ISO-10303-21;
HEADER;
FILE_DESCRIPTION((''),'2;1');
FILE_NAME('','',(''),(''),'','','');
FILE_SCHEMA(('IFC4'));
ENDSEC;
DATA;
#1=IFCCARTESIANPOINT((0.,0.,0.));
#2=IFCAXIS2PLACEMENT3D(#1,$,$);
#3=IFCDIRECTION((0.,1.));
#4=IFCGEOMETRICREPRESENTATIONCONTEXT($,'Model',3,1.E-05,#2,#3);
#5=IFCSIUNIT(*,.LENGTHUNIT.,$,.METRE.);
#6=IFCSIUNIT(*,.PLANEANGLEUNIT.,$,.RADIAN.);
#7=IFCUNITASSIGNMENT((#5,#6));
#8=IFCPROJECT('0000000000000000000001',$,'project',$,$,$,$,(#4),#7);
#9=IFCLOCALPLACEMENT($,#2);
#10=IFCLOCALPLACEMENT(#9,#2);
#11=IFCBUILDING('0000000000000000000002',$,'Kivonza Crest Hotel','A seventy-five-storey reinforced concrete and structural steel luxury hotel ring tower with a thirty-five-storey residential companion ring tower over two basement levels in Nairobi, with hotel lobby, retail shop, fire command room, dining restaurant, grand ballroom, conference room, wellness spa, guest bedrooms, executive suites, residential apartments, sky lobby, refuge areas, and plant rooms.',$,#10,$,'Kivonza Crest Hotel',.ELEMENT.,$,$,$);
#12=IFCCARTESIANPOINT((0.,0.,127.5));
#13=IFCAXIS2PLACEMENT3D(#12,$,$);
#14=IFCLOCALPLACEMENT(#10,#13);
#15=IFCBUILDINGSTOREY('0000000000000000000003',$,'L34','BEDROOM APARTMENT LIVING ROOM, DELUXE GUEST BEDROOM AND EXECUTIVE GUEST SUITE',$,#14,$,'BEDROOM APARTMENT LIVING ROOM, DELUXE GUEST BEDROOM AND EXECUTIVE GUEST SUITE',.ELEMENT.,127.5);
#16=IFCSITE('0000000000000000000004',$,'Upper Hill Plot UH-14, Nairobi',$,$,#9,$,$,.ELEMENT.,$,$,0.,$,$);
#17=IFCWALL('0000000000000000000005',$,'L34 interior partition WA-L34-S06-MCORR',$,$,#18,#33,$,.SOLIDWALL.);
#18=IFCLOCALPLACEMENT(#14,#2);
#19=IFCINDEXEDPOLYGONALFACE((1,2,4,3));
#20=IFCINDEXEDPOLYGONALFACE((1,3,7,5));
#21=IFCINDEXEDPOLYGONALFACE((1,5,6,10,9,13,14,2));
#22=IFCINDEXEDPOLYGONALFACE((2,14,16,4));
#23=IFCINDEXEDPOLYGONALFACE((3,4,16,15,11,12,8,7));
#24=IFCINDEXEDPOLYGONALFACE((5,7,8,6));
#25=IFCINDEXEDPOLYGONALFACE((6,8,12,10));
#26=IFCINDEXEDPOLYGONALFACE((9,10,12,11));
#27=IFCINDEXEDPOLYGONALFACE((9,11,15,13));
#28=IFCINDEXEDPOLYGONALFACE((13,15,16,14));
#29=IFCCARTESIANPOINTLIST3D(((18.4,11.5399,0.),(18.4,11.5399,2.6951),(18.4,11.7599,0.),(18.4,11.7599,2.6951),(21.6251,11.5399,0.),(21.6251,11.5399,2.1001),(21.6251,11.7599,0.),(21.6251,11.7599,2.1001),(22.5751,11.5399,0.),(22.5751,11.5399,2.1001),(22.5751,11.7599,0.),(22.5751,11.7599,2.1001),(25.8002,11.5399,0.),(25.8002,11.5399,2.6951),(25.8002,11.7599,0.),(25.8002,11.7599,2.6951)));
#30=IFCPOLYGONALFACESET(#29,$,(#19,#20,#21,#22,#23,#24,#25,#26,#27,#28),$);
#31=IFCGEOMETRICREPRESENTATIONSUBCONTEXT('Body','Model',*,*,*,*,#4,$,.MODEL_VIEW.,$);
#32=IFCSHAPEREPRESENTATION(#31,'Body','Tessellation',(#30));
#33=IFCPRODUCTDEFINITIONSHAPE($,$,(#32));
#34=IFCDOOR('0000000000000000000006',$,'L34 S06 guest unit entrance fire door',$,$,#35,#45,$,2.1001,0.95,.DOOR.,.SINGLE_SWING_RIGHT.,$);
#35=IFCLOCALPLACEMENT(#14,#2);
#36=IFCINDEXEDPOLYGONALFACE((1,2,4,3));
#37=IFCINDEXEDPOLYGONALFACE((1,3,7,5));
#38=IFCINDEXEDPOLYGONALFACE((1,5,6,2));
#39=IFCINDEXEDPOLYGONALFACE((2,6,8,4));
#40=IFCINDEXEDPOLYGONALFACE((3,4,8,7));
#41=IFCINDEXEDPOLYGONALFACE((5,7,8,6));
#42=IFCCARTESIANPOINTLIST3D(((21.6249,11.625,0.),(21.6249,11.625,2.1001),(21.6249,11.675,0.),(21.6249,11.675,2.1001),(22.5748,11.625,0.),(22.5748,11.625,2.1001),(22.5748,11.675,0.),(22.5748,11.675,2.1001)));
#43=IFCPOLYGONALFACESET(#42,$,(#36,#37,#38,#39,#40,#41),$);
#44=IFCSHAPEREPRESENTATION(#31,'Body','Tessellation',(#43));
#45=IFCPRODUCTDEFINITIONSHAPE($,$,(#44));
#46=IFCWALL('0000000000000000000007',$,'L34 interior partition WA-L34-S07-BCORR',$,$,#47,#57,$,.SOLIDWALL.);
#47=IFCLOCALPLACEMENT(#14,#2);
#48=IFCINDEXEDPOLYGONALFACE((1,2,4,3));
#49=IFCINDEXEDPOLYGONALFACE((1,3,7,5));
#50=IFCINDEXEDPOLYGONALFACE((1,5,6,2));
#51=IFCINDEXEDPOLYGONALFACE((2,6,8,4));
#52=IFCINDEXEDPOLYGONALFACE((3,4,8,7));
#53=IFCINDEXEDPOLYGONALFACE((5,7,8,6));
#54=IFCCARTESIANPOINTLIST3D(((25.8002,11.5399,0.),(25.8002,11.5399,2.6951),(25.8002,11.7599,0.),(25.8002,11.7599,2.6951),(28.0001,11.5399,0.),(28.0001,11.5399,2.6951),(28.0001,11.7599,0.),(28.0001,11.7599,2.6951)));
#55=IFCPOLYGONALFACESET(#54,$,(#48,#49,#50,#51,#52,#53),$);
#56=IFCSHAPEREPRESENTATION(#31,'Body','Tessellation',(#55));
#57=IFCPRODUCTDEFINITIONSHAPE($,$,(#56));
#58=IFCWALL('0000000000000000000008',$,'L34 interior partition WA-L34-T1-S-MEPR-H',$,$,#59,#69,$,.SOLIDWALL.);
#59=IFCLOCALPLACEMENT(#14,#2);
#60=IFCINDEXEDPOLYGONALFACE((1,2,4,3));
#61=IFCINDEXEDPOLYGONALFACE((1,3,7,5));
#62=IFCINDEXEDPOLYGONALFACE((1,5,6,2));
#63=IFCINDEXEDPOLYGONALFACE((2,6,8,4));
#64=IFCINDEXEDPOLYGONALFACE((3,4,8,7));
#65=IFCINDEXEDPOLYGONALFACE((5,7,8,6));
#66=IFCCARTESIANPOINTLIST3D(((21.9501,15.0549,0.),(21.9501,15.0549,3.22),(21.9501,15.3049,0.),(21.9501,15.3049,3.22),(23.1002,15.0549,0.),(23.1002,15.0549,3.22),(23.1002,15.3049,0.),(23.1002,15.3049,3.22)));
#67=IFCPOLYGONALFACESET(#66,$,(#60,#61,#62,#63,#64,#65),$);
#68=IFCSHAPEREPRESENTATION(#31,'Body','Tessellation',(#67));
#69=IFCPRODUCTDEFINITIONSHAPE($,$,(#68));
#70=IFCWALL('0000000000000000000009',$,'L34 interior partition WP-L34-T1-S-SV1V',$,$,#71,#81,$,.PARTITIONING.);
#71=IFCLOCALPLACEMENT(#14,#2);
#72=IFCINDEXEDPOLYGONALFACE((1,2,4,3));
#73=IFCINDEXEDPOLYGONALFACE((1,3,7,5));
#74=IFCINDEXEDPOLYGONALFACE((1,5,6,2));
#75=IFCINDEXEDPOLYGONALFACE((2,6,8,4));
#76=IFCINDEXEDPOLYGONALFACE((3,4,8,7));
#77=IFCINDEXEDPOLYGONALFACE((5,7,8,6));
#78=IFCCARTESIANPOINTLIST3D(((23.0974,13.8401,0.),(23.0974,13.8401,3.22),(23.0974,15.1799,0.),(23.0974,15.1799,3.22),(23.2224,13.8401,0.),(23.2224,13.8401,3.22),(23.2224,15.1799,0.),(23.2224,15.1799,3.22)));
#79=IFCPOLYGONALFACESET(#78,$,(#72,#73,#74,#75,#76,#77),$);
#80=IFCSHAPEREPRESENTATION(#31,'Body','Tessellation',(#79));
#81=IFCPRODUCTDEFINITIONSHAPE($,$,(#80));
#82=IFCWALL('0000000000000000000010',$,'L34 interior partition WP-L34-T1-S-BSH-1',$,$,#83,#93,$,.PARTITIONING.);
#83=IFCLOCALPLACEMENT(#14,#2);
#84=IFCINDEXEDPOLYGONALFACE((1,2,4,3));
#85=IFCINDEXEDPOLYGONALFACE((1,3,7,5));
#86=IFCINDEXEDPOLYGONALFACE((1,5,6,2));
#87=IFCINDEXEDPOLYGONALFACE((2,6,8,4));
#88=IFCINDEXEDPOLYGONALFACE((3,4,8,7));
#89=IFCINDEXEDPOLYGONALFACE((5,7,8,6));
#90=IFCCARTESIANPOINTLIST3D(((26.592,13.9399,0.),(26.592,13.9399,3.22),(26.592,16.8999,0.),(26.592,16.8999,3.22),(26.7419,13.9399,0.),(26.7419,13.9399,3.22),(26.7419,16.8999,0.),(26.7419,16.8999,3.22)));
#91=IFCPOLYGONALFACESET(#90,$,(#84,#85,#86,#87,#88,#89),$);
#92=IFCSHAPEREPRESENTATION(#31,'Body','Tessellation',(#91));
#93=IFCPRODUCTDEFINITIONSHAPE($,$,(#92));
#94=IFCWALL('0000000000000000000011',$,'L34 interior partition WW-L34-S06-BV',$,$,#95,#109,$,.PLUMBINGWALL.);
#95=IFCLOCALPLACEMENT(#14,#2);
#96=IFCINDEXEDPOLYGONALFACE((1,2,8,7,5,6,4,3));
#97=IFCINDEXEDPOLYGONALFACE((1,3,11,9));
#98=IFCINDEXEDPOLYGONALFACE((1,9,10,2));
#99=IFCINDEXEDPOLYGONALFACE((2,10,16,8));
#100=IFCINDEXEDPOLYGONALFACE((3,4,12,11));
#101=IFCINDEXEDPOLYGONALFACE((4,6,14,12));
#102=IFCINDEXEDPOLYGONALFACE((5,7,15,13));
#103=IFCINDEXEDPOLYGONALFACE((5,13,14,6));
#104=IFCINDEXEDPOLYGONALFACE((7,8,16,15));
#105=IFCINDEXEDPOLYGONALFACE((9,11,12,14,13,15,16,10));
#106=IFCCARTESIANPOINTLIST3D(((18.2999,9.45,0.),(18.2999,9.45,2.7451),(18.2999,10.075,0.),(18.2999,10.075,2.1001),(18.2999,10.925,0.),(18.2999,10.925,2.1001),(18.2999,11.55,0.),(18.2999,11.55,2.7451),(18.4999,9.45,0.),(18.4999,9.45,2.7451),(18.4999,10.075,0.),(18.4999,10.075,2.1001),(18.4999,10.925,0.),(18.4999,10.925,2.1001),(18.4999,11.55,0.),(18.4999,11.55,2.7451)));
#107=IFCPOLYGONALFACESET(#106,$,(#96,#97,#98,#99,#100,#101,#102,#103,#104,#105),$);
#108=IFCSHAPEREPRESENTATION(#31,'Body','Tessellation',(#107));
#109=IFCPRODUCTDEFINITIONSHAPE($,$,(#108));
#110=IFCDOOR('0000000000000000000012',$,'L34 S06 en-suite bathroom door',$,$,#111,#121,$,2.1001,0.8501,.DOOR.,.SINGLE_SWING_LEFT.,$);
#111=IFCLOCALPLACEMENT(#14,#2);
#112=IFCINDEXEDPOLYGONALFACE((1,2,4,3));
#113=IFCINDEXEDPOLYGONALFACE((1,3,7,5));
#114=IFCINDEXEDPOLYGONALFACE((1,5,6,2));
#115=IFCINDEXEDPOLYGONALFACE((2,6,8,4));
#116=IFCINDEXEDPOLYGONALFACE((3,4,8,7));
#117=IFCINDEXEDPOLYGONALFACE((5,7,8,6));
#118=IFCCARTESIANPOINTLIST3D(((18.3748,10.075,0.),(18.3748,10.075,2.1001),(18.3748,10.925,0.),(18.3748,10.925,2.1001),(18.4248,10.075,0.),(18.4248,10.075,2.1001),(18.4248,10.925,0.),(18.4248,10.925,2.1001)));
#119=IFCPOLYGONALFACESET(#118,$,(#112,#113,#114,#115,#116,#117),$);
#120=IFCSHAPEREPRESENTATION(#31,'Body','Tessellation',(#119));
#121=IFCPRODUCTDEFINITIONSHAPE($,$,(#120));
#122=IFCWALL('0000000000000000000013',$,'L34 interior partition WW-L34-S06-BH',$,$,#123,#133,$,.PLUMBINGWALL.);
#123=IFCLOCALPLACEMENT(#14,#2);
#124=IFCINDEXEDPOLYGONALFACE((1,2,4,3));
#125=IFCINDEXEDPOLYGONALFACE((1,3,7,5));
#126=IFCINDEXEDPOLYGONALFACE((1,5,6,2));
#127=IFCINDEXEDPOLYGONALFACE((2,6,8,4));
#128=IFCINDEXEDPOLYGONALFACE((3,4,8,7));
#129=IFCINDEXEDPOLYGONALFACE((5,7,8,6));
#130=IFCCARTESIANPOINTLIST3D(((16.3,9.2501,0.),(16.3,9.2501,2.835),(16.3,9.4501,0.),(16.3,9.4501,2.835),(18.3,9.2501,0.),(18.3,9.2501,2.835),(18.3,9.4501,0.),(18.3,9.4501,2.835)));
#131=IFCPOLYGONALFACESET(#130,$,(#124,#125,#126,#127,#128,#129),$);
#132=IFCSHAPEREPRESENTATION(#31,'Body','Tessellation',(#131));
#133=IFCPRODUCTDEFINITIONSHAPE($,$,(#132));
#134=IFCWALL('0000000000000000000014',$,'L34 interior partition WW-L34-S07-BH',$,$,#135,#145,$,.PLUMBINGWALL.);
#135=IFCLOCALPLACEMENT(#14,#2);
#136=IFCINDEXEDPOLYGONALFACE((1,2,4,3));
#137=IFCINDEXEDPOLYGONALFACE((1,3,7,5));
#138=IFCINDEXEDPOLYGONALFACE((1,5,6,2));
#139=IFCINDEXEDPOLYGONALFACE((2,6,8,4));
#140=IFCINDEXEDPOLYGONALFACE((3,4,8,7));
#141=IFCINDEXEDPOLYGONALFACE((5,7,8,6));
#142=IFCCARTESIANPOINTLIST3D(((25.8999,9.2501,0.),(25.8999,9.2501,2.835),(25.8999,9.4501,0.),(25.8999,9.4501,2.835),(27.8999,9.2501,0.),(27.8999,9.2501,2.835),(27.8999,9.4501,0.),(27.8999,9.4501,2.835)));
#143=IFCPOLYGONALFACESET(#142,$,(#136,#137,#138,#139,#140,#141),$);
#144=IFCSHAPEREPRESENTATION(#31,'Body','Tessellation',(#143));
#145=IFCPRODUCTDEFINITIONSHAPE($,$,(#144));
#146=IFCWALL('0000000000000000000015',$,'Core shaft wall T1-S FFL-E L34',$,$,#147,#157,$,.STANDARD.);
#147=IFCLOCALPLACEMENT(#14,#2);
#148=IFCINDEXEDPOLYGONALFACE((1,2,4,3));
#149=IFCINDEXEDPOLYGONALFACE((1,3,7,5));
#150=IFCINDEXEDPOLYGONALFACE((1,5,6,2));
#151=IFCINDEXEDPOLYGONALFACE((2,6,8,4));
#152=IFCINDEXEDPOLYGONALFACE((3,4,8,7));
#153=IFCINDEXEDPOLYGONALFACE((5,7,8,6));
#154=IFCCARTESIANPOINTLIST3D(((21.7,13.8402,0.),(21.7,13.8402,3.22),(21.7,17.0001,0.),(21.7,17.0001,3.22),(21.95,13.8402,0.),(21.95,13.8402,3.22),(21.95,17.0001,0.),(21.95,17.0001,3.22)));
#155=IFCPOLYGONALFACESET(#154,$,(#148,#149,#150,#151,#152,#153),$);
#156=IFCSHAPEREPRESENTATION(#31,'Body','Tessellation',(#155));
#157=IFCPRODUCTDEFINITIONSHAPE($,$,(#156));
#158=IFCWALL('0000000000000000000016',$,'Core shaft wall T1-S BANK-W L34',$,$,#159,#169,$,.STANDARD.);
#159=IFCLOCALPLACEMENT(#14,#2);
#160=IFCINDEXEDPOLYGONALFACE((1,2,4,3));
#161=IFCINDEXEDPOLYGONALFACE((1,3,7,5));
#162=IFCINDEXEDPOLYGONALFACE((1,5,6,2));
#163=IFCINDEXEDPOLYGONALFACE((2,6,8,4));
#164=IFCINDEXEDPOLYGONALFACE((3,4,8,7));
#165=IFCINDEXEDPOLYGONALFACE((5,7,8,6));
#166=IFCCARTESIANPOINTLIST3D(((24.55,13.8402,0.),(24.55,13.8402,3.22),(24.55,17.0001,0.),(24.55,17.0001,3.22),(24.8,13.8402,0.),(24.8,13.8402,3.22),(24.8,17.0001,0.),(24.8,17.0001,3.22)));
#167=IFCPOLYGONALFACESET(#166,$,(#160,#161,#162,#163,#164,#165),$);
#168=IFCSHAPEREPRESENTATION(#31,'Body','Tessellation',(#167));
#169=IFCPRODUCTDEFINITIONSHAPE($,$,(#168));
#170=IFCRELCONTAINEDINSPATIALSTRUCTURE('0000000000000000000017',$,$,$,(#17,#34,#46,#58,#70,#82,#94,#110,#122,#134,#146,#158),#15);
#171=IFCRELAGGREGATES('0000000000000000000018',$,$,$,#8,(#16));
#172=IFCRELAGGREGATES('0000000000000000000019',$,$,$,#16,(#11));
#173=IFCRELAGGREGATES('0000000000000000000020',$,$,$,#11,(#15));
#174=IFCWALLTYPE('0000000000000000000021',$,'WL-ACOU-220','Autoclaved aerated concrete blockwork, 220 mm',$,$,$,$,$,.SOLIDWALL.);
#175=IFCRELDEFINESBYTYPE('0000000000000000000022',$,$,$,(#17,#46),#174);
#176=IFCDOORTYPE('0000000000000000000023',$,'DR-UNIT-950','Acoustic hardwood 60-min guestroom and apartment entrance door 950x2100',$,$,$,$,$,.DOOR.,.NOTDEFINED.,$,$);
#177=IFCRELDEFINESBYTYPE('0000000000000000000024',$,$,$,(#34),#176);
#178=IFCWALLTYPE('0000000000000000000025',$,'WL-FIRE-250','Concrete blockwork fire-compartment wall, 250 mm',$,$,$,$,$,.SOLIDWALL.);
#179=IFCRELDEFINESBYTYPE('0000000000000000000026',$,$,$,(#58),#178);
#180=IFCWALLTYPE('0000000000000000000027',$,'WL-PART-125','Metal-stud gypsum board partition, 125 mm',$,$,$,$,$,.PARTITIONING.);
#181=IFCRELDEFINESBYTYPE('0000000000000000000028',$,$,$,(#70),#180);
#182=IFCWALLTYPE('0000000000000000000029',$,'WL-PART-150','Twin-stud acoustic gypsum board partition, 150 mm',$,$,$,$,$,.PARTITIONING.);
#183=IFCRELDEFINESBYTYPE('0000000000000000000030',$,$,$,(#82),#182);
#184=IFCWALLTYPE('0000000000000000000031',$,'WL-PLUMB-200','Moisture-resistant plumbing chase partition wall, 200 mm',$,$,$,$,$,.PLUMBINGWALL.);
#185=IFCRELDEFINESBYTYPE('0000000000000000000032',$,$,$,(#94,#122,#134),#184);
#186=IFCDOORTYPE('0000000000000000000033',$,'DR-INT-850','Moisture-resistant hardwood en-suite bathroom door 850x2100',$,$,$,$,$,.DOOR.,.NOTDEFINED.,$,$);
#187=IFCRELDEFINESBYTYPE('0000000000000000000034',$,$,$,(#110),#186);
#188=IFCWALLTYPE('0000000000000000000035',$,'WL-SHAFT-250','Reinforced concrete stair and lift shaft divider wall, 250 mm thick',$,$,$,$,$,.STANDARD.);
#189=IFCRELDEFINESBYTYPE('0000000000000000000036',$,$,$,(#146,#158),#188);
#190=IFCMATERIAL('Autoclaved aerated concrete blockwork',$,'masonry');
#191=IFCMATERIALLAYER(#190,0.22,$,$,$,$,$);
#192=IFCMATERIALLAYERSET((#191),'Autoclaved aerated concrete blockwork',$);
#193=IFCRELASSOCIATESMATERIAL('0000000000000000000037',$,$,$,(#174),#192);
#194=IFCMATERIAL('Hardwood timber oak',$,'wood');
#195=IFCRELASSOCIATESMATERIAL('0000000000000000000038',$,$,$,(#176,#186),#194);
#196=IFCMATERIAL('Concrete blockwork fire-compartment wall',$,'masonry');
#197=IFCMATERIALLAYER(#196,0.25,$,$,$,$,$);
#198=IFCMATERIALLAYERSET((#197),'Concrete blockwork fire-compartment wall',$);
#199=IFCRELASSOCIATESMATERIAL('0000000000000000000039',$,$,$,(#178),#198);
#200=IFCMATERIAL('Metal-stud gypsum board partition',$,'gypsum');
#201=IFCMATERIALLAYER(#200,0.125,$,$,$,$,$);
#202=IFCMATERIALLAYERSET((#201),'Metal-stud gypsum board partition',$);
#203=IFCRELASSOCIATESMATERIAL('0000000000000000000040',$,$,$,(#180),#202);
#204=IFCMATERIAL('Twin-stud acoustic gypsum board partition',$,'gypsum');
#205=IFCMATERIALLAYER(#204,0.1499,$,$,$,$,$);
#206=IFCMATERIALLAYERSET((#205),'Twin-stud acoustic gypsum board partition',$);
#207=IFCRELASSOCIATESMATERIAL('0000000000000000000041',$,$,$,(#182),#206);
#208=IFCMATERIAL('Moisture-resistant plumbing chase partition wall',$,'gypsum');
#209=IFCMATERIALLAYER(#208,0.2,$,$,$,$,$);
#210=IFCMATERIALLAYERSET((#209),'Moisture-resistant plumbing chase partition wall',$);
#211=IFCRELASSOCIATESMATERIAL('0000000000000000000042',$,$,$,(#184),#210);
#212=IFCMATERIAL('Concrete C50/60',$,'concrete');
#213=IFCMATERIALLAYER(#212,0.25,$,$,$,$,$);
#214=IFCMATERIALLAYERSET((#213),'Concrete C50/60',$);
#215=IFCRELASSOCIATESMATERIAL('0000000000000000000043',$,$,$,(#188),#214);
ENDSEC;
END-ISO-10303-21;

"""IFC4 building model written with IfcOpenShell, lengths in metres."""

from ifc_helpers import new_model, si_unit, direction, frame, frame_2d, origin, place, context, subcontext, project, spatial, rectangle, extrude, material, layer, layer_set, type_object, element, fill, save


model = new_model("IFC4")

# Units and contexts
model_context = context("Model", 3, precision=1e-05, world=origin(), true_north=direction((0.0, 1.0)))
body_context = subcontext(model_context, "Body", "Model", "MODEL_VIEW")
ifc_project = project(units=[si_unit("LENGTHUNIT", "METRE"), si_unit("PLANEANGLEUNIT", "RADIAN")], contexts=[model_context])

# Site, building, storey
site_placement = place(None, origin())
site = spatial("IfcSite", under=ifc_project, at=site_placement, Name="Upper Hill Plot UH-14, Nairobi", CompositionType="ELEMENT", RefElevation=0.0)
building_placement = place(site_placement, origin())
building = spatial("IfcBuilding", under=site, at=building_placement, Name="Kivonza Crest Hotel", Description="A seventy-five-storey reinforced concrete and structural steel luxury hotel ring tower with a thirty-five-storey residential companion ring tower over two basement levels in Nairobi, with hotel lobby, retail shop, fire command room, dining restaurant, grand ballroom, conference room, wellness spa, guest bedrooms, executive suites, residential apartments, sky lobby, refuge areas, and plant rooms.", LongName="Kivonza Crest Hotel", CompositionType="ELEMENT")
storey_placement = place(building_placement, frame((0.0, 0.0, 127.5)))
storey = spatial("IfcBuildingStorey", under=building, at=storey_placement, Name="L34", Description="BEDROOM APARTMENT LIVING ROOM, DELUXE GUEST BEDROOM AND EXECUTIVE GUEST SUITE", LongName="BEDROOM APARTMENT LIVING ROOM, DELUXE GUEST BEDROOM AND EXECUTIVE GUEST SUITE", CompositionType="ELEMENT", Elevation=127.5)

# Shared definitions
ifc_material_1 = material(Name="Concrete C50/60", Category="concrete")

# Shared definitions
ifc_material_2 = material(Name="Autoclaved aerated concrete blockwork", Category="masonry")
ifc_layer_1 = layer(ifc_material_2, 0.22)
ifc_layer_set_1 = layer_set([ifc_layer_1], Name="Autoclaved aerated concrete blockwork")
wall_type_1 = type_object("IfcWallType", Name="WL-ACOU-220", Description="Autoclaved aerated concrete blockwork, 220 mm", PredefinedType="SOLIDWALL", material=ifc_layer_set_1)

# Wall, opening, door
wall_1_placement = place(storey_placement, frame((18.3999, 11.6499, 0.0), z_axis=(0.0, 0.0, 1.0), x_axis=(1.0, 0.0, 0.0)))
wall_1 = element("IfcWall", 1, at=wall_1_placement, inside=storey, type_object=wall_type_1, Name="L34 interior partition WA-L34-S06-MCORR", PredefinedType="SOLIDWALL", context=body_context, shape_type="SweptSolid", body=[
    extrude(rectangle(XDim=7.4001, YDim=0.22, at=frame_2d((3.7002, 0.0))), origin(), (0.0, 0.0, 1.0), 2.6951),
])
opening_1_placement = place(wall_1_placement, frame((3.2251, 0.0, 0.0)))
opening_1 = element("IfcOpeningElement", 2, at=opening_1_placement, cuts=wall_1, PredefinedType="OPENING", context=body_context, shape_type="SweptSolid", body=[
    extrude(rectangle(XDim=0.95, YDim=2.1001, at=frame_2d((0.4751, 1.05))), frame((0.0, 0.1201, 0.0), z_axis=(0.0, -1.0, 0.0), x_axis=(1.0, 0.0, 0.0)), (0.0, 0.0, 1.0), 0.24),
])
ifc_material_3 = material(Name="Hardwood timber oak", Category="wood")
door_type_1 = type_object("IfcDoorType", Name="DR-UNIT-950", Description="Acoustic hardwood 60-min guestroom and apartment entrance door 950x2100", OperationType="NOTDEFINED", PredefinedType="DOOR", material=ifc_material_3)
door_1_placement = place(opening_1_placement, frame((0.95, 0.0, 0.0), z_axis=(0.0, 0.0, 1.0), x_axis=(-1.0, 0.0, 0.0)))
door_1 = element("IfcDoor", 3, at=door_1_placement, inside=storey, type_object=door_type_1, Name="L34 S06 guest unit entrance fire door", OperationType="SINGLE_SWING_RIGHT", OverallHeight=2.1001, OverallWidth=0.95, PredefinedType="DOOR", context=body_context, shape_type="SweptSolid", body=[
    extrude(rectangle(XDim=0.95, YDim=2.1001, at=frame_2d((0.4751, 1.05))), frame((0.0, 0.0249, 0.0), z_axis=(0.0, -1.0, 0.0), x_axis=(1.0, 0.0, 0.0)), (0.0, 0.0, 1.0), 0.05),
])
fill(opening_1, door_1)

# Walls
wall_2_placement = place(storey_placement, frame((25.8, 11.6499, 0.0), z_axis=(0.0, 0.0, 1.0), x_axis=(1.0, 0.0, 0.0)))
element("IfcWall", 4, at=wall_2_placement, inside=storey, type_object=wall_type_1, Name="L34 interior partition WA-L34-S07-BCORR", PredefinedType="SOLIDWALL", context=body_context, shape_type="SweptSolid", body=[
    extrude(rectangle(XDim=2.2, YDim=0.22, at=frame_2d((1.1001, 0.0))), origin(), (0.0, 0.0, 1.0), 2.6951),
])
ifc_material_4 = material(Name="Concrete blockwork fire-compartment wall", Category="masonry")
ifc_layer_2 = layer(ifc_material_4, 0.25)
ifc_layer_set_2 = layer_set([ifc_layer_2], Name="Concrete blockwork fire-compartment wall")
wall_type_2 = type_object("IfcWallType", Name="WL-FIRE-250", Description="Concrete blockwork fire-compartment wall, 250 mm", PredefinedType="SOLIDWALL", material=ifc_layer_set_2)
wall_3_placement = place(storey_placement, frame((21.95, 15.1799, 0.0), z_axis=(0.0, 0.0, 1.0), x_axis=(1.0, 0.0, 0.0)))
element("IfcWall", 5, at=wall_3_placement, inside=storey, type_object=wall_type_2, Name="L34 interior partition WA-L34-T1-S-MEPR-H", PredefinedType="SOLIDWALL", context=body_context, shape_type="SweptSolid", body=[
    extrude(rectangle(XDim=1.1501, YDim=0.25, at=frame_2d((0.5752, 0.0))), origin(), (0.0, 0.0, 1.0), 3.22),
])
ifc_material_5 = material(Name="Metal-stud gypsum board partition", Category="gypsum")
ifc_layer_3 = layer(ifc_material_5, 0.125)
ifc_layer_set_3 = layer_set([ifc_layer_3], Name="Metal-stud gypsum board partition")
wall_type_3 = type_object("IfcWallType", Name="WL-PART-125", Description="Metal-stud gypsum board partition, 125 mm", PredefinedType="PARTITIONING", material=ifc_layer_set_3)
wall_4_placement = place(storey_placement, frame((23.1599, 13.8401, 0.0), z_axis=(0.0, 0.0, 1.0), x_axis=(0.0, 1.0, 0.0)))
element("IfcWall", 6, at=wall_4_placement, inside=storey, type_object=wall_type_3, Name="L34 interior partition WP-L34-T1-S-SV1V", PredefinedType="PARTITIONING", context=body_context, shape_type="SweptSolid", body=[
    extrude(rectangle(XDim=1.3398, YDim=0.125, at=frame_2d((0.6699, 0.0))), origin(), (0.0, 0.0, 1.0), 3.22),
])
ifc_material_6 = material(Name="Twin-stud acoustic gypsum board partition", Category="gypsum")
ifc_layer_4 = layer(ifc_material_6, 0.1499)
ifc_layer_set_4 = layer_set([ifc_layer_4], Name="Twin-stud acoustic gypsum board partition")
wall_type_4 = type_object("IfcWallType", Name="WL-PART-150", Description="Twin-stud acoustic gypsum board partition, 150 mm", PredefinedType="PARTITIONING", material=ifc_layer_set_4)
wall_5_placement = place(storey_placement, frame((26.667, 13.9399, 0.0), z_axis=(0.0, 0.0, 1.0), x_axis=(0.0, 1.0, 0.0)))
element("IfcWall", 7, at=wall_5_placement, inside=storey, type_object=wall_type_4, Name="L34 interior partition WP-L34-T1-S-BSH-1", PredefinedType="PARTITIONING", context=body_context, shape_type="SweptSolid", body=[
    extrude(rectangle(XDim=2.96, YDim=0.1499, at=frame_2d((1.48, 0.0))), origin(), (0.0, 0.0, 1.0), 3.22),
])

# Wall, opening, door
ifc_material_7 = material(Name="Moisture-resistant plumbing chase partition wall", Category="gypsum")
ifc_layer_5 = layer(ifc_material_7, 0.2)
ifc_layer_set_5 = layer_set([ifc_layer_5], Name="Moisture-resistant plumbing chase partition wall")
wall_type_5 = type_object("IfcWallType", Name="WL-PLUMB-200", Description="Moisture-resistant plumbing chase partition wall, 200 mm", PredefinedType="PLUMBINGWALL", material=ifc_layer_set_5)
wall_6_placement = place(storey_placement, frame((18.3999, 9.45, 0.0), z_axis=(0.0, 0.0, 1.0), x_axis=(0.0, 1.0, 0.0)))
wall_6 = element("IfcWall", 8, at=wall_6_placement, inside=storey, type_object=wall_type_5, Name="L34 interior partition WW-L34-S06-BV", PredefinedType="PLUMBINGWALL", context=body_context, shape_type="SweptSolid", body=[
    extrude(rectangle(XDim=2.1001, YDim=0.2, at=frame_2d((1.05, 0.0))), origin(), (0.0, 0.0, 1.0), 2.7451),
])
opening_2_placement = place(wall_6_placement, frame((0.625, 0.0, 0.0)))
opening_2 = element("IfcOpeningElement", 9, at=opening_2_placement, cuts=wall_6, PredefinedType="OPENING", context=body_context, shape_type="SweptSolid", body=[
    extrude(rectangle(XDim=0.8501, YDim=2.1001, at=frame_2d((0.425, 1.05))), frame((0.0, 0.1099, 0.0), z_axis=(0.0, -1.0, 0.0), x_axis=(1.0, 0.0, 0.0)), (0.0, 0.0, 1.0), 0.22),
])
door_type_2 = type_object("IfcDoorType", Name="DR-INT-850", Description="Moisture-resistant hardwood en-suite bathroom door 850x2100", OperationType="NOTDEFINED", PredefinedType="DOOR", material=ifc_material_3)
door_2_placement = place(opening_2_placement, frame((0.8501, 0.0, 0.0), z_axis=(0.0, 0.0, 1.0), x_axis=(-1.0, 0.0, 0.0)))
door_2 = element("IfcDoor", 10, at=door_2_placement, inside=storey, type_object=door_type_2, Name="L34 S06 en-suite bathroom door", OperationType="SINGLE_SWING_LEFT", OverallHeight=2.1001, OverallWidth=0.8501, PredefinedType="DOOR", context=body_context, shape_type="SweptSolid", body=[
    extrude(rectangle(XDim=0.8501, YDim=2.1001, at=frame_2d((0.425, 1.05))), frame((0.0, 0.0249, 0.0), z_axis=(0.0, -1.0, 0.0), x_axis=(1.0, 0.0, 0.0)), (0.0, 0.0, 1.0), 0.05),
])
fill(opening_2, door_2)

# Walls
for number, where, z_axis, x_axis, name in (
    (11, (16.3, 9.3501, 0.0), (0.0, 0.0, 1.0), (1.0, 0.0, 0.0), "L34 interior partition WW-L34-S06-BH"),
    (12, (25.8999, 9.3501, 0.0), (0.0, 0.0, 1.0), (1.0, 0.0, 0.0), "L34 interior partition WW-L34-S07-BH"),
):
    element("IfcWall", number, at=place(storey_placement, frame(where, z_axis=z_axis, x_axis=x_axis)), inside=storey, type_object=wall_type_5, Name=name, PredefinedType="PLUMBINGWALL", context=body_context, shape_type="SweptSolid", body=[
        extrude(rectangle(XDim=2.0, YDim=0.2, at=frame_2d((1.0, 0.0))), origin(), (0.0, 0.0, 1.0), 2.835),
    ])

# Shared definitions
ifc_layer_6 = layer(ifc_material_1, 0.25)
ifc_layer_set_6 = layer_set([ifc_layer_6], Name="Concrete C50/60")
wall_type_6 = type_object("IfcWallType", Name="WL-SHAFT-250", Description="Reinforced concrete stair and lift shaft divider wall, 250 mm thick", PredefinedType="STANDARD", material=ifc_layer_set_6)

# Walls
for number, where, z_axis, x_axis, name in (
    (13, (21.825, 13.8401, 0.0), (0.0, 0.0, 1.0), (0.0, 1.0, 0.0), "Core shaft wall T1-S FFL-E L34"),
    (14, (24.675, 13.8401, 0.0), (0.0, 0.0, 1.0), (0.0, 1.0, 0.0), "Core shaft wall T1-S BANK-W L34"),
):
    element("IfcWall", number, at=place(storey_placement, frame(where, z_axis=z_axis, x_axis=x_axis)), inside=storey, type_object=wall_type_6, Name=name, PredefinedType="STANDARD", context=body_context, shape_type="SweptSolid", body=[
        extrude(rectangle(XDim=3.1599, YDim=0.25, at=frame_2d((1.5801, 0.0))), origin(), (0.0, 0.0, 1.0), 3.22),
    ])

save(model, "model.ifc")
